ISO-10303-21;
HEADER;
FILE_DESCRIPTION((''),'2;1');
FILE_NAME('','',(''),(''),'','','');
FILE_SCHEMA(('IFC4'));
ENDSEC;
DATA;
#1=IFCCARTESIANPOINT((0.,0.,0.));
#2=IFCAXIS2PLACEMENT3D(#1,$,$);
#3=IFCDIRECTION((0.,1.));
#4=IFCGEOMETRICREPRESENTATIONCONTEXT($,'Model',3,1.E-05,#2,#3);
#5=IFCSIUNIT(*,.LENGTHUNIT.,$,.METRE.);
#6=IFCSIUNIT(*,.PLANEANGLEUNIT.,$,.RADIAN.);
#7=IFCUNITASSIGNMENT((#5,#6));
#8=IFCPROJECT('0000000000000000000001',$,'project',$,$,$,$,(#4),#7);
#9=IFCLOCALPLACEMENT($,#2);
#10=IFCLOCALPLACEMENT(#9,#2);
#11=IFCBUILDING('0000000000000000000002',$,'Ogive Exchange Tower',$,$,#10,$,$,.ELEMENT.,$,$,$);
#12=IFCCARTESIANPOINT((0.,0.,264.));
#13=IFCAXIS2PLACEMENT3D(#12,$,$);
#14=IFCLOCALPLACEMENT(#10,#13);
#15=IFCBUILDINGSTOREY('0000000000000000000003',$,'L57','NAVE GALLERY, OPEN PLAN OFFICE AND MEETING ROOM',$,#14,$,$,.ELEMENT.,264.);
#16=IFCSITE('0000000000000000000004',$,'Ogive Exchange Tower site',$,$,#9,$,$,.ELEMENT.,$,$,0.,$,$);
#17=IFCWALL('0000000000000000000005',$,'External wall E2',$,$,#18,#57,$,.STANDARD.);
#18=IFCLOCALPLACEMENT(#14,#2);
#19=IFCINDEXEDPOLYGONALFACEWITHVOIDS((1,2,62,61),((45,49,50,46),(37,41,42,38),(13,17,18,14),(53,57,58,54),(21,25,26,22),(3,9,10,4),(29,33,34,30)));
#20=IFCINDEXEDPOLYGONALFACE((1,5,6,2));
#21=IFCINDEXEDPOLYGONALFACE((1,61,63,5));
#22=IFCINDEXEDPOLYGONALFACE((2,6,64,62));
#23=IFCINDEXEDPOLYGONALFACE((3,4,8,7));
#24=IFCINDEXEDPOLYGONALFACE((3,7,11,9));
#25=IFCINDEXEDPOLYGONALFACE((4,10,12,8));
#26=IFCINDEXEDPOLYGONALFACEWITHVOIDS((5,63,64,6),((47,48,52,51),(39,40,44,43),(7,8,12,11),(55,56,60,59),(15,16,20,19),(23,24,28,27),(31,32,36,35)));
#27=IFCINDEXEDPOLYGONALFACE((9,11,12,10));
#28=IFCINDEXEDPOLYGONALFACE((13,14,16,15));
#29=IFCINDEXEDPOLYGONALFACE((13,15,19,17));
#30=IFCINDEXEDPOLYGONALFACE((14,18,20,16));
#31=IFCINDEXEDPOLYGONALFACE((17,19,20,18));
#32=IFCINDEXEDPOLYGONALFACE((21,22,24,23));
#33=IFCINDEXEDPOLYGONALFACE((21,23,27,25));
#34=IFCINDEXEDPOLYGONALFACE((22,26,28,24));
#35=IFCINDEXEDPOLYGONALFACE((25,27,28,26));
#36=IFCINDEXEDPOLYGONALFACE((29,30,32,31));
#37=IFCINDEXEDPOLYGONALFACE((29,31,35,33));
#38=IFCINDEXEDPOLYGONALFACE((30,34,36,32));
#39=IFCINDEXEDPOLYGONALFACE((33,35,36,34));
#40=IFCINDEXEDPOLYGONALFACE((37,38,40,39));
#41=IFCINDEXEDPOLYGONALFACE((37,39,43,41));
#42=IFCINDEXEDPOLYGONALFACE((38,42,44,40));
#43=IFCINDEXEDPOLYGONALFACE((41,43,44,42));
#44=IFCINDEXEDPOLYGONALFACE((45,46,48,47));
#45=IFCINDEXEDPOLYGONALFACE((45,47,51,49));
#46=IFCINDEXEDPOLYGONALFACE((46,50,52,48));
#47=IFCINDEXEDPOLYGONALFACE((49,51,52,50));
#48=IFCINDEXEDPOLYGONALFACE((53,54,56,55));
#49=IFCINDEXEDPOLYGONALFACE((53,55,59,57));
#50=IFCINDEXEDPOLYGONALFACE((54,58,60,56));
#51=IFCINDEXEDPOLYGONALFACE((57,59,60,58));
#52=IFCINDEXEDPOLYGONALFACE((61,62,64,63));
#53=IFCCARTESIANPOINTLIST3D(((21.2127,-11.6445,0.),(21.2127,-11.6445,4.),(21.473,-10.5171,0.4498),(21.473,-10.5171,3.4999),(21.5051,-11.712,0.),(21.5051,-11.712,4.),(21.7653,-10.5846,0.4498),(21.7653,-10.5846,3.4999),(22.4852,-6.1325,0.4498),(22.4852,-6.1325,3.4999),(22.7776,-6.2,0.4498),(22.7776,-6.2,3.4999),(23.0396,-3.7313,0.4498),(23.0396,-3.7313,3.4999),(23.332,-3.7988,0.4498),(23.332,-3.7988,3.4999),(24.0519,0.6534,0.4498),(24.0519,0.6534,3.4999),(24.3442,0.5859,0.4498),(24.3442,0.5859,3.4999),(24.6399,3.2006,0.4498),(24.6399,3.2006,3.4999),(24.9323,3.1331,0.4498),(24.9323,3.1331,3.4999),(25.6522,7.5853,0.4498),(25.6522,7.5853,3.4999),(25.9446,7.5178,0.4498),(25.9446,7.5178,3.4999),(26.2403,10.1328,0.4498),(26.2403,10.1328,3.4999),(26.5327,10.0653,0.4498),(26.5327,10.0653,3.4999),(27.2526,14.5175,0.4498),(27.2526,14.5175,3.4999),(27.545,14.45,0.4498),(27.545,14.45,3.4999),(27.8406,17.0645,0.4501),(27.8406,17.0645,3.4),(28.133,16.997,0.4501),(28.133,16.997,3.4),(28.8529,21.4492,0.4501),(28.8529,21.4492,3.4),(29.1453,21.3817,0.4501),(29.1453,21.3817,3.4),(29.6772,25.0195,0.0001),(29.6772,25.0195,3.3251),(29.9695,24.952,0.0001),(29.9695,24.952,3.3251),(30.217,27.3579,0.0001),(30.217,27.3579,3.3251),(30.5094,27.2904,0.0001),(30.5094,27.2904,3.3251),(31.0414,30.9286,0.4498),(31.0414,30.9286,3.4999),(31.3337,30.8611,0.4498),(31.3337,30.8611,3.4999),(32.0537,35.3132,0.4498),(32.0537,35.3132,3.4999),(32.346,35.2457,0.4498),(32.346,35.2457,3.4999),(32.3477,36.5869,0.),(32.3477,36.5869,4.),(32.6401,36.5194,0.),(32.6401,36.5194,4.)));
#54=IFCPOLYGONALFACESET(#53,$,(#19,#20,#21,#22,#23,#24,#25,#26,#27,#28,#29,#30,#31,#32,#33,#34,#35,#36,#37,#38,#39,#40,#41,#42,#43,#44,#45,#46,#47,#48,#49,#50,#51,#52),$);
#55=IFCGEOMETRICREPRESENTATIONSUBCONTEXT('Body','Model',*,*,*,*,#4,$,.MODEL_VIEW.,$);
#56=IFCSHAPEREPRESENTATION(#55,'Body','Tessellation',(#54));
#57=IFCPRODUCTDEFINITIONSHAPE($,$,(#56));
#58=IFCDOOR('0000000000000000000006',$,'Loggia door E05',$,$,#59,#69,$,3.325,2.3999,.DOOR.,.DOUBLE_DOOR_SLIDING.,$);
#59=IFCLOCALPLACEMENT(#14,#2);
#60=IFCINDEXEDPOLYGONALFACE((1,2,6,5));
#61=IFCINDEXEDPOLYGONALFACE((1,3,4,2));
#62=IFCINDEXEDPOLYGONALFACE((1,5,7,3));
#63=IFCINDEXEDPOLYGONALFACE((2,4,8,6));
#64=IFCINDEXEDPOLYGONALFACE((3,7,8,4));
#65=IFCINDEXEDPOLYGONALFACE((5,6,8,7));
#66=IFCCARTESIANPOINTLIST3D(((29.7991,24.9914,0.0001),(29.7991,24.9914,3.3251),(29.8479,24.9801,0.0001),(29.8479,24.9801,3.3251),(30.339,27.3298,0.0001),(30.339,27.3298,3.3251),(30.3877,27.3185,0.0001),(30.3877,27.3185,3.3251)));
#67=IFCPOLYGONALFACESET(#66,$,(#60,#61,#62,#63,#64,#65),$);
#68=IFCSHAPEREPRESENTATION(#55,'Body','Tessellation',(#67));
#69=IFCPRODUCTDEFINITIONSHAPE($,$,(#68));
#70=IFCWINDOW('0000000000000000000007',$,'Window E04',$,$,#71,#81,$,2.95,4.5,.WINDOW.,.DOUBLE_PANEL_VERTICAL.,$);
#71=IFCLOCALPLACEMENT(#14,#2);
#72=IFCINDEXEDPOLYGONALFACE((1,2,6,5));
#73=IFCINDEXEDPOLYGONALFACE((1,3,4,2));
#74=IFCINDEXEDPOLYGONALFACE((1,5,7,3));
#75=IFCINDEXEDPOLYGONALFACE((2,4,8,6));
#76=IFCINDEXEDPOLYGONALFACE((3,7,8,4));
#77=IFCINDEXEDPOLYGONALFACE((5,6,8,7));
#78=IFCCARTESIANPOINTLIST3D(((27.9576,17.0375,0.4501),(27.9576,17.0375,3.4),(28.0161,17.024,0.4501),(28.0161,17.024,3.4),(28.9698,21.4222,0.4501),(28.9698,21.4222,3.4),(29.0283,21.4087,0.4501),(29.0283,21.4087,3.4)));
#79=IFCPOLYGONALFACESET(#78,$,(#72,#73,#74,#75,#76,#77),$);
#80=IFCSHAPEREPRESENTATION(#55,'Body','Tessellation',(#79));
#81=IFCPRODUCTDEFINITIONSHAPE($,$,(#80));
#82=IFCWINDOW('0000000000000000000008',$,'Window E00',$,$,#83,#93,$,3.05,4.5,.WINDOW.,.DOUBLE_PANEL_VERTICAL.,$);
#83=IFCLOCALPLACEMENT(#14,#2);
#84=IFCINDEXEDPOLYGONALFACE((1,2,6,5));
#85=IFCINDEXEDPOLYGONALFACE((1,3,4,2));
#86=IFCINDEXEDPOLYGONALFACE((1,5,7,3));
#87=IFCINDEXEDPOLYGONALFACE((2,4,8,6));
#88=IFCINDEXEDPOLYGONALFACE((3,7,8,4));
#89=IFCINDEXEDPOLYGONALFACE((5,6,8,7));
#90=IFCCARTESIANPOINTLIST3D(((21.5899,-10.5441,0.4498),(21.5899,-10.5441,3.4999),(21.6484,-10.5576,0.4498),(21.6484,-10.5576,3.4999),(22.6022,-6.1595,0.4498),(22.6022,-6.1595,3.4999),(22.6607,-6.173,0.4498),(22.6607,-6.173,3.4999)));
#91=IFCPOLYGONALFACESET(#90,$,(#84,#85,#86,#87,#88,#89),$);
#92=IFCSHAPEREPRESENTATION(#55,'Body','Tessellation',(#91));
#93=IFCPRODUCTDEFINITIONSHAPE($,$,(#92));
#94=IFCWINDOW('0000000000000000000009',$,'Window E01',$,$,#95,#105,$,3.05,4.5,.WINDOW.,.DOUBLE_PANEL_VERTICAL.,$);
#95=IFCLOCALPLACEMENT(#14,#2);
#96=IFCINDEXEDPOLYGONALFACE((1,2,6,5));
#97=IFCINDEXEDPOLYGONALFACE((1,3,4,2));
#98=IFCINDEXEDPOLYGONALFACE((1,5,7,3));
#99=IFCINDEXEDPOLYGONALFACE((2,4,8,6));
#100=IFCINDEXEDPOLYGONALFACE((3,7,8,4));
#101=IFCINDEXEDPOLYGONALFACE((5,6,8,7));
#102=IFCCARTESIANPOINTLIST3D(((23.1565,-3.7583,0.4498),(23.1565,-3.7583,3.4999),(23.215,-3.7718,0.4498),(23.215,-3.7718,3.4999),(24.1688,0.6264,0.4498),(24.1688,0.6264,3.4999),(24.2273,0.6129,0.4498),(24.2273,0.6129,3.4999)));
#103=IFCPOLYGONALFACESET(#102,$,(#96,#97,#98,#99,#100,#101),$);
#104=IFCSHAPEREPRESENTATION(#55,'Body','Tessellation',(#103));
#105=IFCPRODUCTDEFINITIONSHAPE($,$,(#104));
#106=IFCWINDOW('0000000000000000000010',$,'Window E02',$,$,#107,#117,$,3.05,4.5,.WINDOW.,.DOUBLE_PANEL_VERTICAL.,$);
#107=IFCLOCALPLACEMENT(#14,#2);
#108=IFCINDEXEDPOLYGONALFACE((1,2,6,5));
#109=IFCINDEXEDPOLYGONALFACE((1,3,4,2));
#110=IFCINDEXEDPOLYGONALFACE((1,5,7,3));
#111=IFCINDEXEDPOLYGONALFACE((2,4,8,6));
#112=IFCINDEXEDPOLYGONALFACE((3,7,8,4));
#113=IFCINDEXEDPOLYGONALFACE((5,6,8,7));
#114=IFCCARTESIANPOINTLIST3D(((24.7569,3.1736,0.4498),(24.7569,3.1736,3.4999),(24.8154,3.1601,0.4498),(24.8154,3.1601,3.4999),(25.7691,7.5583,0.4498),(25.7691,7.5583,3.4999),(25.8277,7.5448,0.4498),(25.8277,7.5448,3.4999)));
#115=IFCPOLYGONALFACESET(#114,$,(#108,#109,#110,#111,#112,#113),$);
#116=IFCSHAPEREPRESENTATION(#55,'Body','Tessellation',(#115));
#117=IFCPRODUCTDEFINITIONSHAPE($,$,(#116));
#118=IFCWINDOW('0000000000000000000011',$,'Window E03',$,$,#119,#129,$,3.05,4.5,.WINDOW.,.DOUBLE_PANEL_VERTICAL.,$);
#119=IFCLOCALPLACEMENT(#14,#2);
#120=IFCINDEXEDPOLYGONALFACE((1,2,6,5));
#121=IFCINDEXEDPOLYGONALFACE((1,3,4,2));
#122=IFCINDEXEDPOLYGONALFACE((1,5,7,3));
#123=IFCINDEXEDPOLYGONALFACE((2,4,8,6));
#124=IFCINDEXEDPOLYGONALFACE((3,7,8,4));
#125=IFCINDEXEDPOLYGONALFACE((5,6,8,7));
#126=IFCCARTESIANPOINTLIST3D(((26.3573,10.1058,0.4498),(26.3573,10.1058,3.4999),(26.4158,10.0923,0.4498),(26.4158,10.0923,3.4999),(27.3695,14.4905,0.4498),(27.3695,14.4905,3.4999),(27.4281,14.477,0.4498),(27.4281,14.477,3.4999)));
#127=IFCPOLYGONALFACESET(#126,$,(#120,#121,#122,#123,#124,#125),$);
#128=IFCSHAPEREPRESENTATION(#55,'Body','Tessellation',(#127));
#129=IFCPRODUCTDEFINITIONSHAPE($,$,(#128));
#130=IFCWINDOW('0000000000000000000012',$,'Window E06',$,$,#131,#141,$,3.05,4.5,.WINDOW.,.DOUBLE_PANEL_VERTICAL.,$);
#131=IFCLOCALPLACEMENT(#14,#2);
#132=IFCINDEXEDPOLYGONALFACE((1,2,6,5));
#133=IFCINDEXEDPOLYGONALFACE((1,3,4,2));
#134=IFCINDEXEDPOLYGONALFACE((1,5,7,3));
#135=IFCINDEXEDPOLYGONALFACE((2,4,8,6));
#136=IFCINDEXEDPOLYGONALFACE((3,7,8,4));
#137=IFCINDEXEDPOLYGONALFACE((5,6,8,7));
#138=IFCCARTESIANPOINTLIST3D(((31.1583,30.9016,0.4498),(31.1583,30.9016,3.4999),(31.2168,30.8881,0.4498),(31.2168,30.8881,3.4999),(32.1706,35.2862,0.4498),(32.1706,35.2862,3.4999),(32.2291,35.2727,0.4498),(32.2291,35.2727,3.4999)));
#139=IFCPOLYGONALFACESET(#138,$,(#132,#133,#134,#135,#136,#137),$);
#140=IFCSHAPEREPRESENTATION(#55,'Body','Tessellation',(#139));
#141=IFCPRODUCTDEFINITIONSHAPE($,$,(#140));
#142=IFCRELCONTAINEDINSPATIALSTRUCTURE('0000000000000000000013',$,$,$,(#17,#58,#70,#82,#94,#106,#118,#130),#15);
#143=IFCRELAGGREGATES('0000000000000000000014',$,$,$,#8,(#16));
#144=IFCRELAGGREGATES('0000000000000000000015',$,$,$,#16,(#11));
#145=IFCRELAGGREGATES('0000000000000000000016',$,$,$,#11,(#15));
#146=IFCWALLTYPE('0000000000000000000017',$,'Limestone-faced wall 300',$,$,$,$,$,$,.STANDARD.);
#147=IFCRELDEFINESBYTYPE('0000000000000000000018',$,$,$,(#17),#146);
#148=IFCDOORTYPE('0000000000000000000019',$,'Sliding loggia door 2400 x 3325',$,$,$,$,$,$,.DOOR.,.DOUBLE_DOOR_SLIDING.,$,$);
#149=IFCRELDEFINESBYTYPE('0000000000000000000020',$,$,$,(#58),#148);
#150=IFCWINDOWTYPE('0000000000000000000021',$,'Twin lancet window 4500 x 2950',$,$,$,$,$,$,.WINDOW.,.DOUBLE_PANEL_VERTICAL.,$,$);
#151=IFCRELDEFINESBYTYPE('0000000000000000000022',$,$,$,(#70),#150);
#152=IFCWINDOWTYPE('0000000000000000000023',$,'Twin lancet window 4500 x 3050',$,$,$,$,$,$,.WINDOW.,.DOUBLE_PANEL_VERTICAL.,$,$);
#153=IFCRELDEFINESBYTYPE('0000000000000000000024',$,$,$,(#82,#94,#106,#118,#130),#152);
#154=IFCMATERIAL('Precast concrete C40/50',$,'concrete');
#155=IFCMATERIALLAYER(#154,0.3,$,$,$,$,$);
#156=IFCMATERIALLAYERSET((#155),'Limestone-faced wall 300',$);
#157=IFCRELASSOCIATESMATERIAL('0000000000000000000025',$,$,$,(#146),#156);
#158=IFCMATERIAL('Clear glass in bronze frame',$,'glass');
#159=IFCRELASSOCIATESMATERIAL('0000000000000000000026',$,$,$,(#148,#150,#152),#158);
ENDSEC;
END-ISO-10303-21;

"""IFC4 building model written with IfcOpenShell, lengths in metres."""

from ifc_helpers import new_model, si_unit, direction, frame, frame_2d, origin, place, context, subcontext, project, spatial, rectangle, extrude, material, layer, layer_set, type_object, element, fill, save


model = new_model("IFC4")

# Units and contexts
model_context = context("Model", 3, precision=1e-05, world=origin(), true_north=direction((0.0, 1.0)))
body_context = subcontext(model_context, "Body", "Model", "MODEL_VIEW")
ifc_project = project(units=[si_unit("LENGTHUNIT", "METRE"), si_unit("PLANEANGLEUNIT", "RADIAN")], contexts=[model_context])

# Site, building, storey
site_placement = place(None, origin())
site = spatial("IfcSite", under=ifc_project, at=site_placement, Name="Ogive Exchange Tower site", CompositionType="ELEMENT", RefElevation=0.0)
building_placement = place(site_placement, origin())
building = spatial("IfcBuilding", under=site, at=building_placement, Name="Ogive Exchange Tower", CompositionType="ELEMENT")
storey_placement = place(building_placement, frame((0.0, 0.0, 264.0)))
storey = spatial("IfcBuildingStorey", under=building, at=storey_placement, Name="L57", Description="NAVE GALLERY, OPEN PLAN OFFICE AND MEETING ROOM", CompositionType="ELEMENT", Elevation=264.0)

# Wall, openings, door, windows
ifc_material_1 = material(Name="Precast concrete C40/50", Category="concrete")
ifc_layer_1 = layer(ifc_material_1, 0.3)
ifc_layer_set_1 = layer_set([ifc_layer_1], Name="Limestone-faced wall 300")
wall_type_1 = type_object("IfcWallType", Name="Limestone-faced wall 300", PredefinedType="STANDARD", material=ifc_layer_set_1)
wall_1_placement = place(storey_placement, frame((21.3589, -11.6782, 0.0), z_axis=(0.0, 0.0, 1.0), x_axis=(0.224949, 0.97437, 0.0)))
wall_1 = element("IfcWall", 1, at=wall_1_placement, inside=storey, type_object=wall_type_1, Name="External wall E2", PredefinedType="STANDARD", context=body_context, shape_type="SweptSolid", body=[
    extrude(rectangle(XDim=49.5, YDim=0.3, at=frame_2d((24.75, 0.0))), origin(), (0.0, 0.0, 1.0), 4.0),
])
opening_1_placement = place(wall_1_placement, frame((1.157, 0.0, 0.45)))
opening_1 = element("IfcOpeningElement", 2, at=opening_1_placement, cuts=wall_1, PredefinedType="OPENING", context=body_context, shape_type="SweptSolid", body=[
    extrude(rectangle(XDim=4.5, YDim=3.05, at=frame_2d((2.25, 1.5249))), frame((0.0, 0.1599, 0.0), z_axis=(0.0, -1.0, 0.0), x_axis=(1.0, 0.0, 0.0)), (0.0, 0.0, 1.0), 0.3201),
])
opening_2_placement = place(wall_1_placement, frame((8.1213, 0.0, 0.45)))
opening_2 = element("IfcOpeningElement", 3, at=opening_2_placement, cuts=wall_1, PredefinedType="OPENING", context=body_context, shape_type="SweptSolid", body=[
    extrude(rectangle(XDim=4.5, YDim=3.05, at=frame_2d((2.25, 1.5249))), frame((0.0, 0.1599, 0.0), z_axis=(0.0, -1.0, 0.0), x_axis=(1.0, 0.0, 0.0)), (0.0, 0.0, 1.0), 0.3201),
])
opening_3_placement = place(wall_1_placement, frame((15.2356, 0.0, 0.45)))
opening_3 = element("IfcOpeningElement", 4, at=opening_3_placement, cuts=wall_1, PredefinedType="OPENING", context=body_context, shape_type="SweptSolid", body=[
    extrude(rectangle(XDim=4.5, YDim=3.05, at=frame_2d((2.25, 1.5249))), frame((0.0, 0.1599, 0.0), z_axis=(0.0, -1.0, 0.0), x_axis=(1.0, 0.0, 0.0)), (0.0, 0.0, 1.0), 0.3201),
])
opening_4_placement = place(wall_1_placement, frame((22.3501, 0.0, 0.45)))
opening_4 = element("IfcOpeningElement", 5, at=opening_4_placement, cuts=wall_1, PredefinedType="OPENING", context=body_context, shape_type="SweptSolid", body=[
    extrude(rectangle(XDim=4.5, YDim=3.05, at=frame_2d((2.25, 1.5249))), frame((0.0, 0.1599, 0.0), z_axis=(0.0, -1.0, 0.0), x_axis=(1.0, 0.0, 0.0)), (0.0, 0.0, 1.0), 0.3201),
])
opening_5_placement = place(wall_1_placement, frame((29.4641, 0.0, 0.45)))
opening_5 = element("IfcOpeningElement", 6, at=opening_5_placement, cuts=wall_1, PredefinedType="OPENING", context=body_context, shape_type="SweptSolid", body=[
    extrude(rectangle(XDim=4.5, YDim=2.95, at=frame_2d((2.25, 1.4751))), frame((0.0, 0.1599, 0.0), z_axis=(0.0, -1.0, 0.0), x_axis=(1.0, 0.0, 0.0)), (0.0, 0.0, 1.0), 0.3201),
])
opening_6_placement = place(wall_1_placement, frame((37.6284, 0.0, 0.0)))
opening_6 = element("IfcOpeningElement", 7, at=opening_6_placement, cuts=wall_1, PredefinedType="OPENING", context=body_context, shape_type="SweptSolid", body=[
    extrude(rectangle(XDim=2.3999, YDim=3.325, at=frame_2d((1.2, 1.6626))), frame((0.0, 0.1599, 0.0), z_axis=(0.0, -1.0, 0.0), x_axis=(1.0, 0.0, 0.0)), (0.0, 0.0, 1.0), 0.3201),
])
opening_7_placement = place(wall_1_placement, frame((43.6929, 0.0, 0.45)))
opening_7 = element("IfcOpeningElement", 8, at=opening_7_placement, cuts=wall_1, PredefinedType="OPENING", context=body_context, shape_type="SweptSolid", body=[
    extrude(rectangle(XDim=4.5, YDim=3.05, at=frame_2d((2.25, 1.5249))), frame((0.0, 0.1599, 0.0), z_axis=(0.0, -1.0, 0.0), x_axis=(1.0, 0.0, 0.0)), (0.0, 0.0, 1.0), 0.3201),
])
ifc_material_2 = material(Name="Clear glass in bronze frame", Category="glass")
door_type_1 = type_object("IfcDoorType", Name="Sliding loggia door 2400 x 3325", OperationType="DOUBLE_DOOR_SLIDING", PredefinedType="DOOR", material=ifc_material_2)
door_1_placement = place(opening_6_placement, origin())
door_1 = element("IfcDoor", 9, at=door_1_placement, inside=storey, type_object=door_type_1, Name="Loggia door E05", OperationType="DOUBLE_DOOR_SLIDING", OverallHeight=3.325, OverallWidth=2.3999, PredefinedType="DOOR", context=body_context, shape_type="SweptSolid", body=[
    extrude(rectangle(XDim=2.3999, YDim=3.325, at=frame_2d((1.2, 1.6626))), frame((0.0, 0.0249, 0.0), z_axis=(0.0, -1.0, 0.0), x_axis=(1.0, 0.0, 0.0)), (0.0, 0.0, 1.0), 0.05),
])
fill(opening_6, door_1)
window_type_1 = type_object("IfcWindowType", Name="Twin lancet window 4500 x 2950", PartitioningType="DOUBLE_PANEL_VERTICAL", PredefinedType="WINDOW", material=ifc_material_2)
window_1_placement = place(opening_5_placement, origin())
window_1 = element("IfcWindow", 10, at=window_1_placement, inside=storey, type_object=window_type_1, Name="Window E04", OverallHeight=2.95, OverallWidth=4.5, PartitioningType="DOUBLE_PANEL_VERTICAL", PredefinedType="WINDOW", context=body_context, shape_type="SweptSolid", body=[
    extrude(rectangle(XDim=4.5, YDim=2.95, at=frame_2d((2.25, 1.4751))), frame((0.0, 0.03, 0.0), z_axis=(0.0, -1.0, 0.0), x_axis=(1.0, 0.0, 0.0)), (0.0, 0.0, 1.0), 0.0601),
])
fill(opening_5, window_1)
window_type_2 = type_object("IfcWindowType", Name="Twin lancet window 4500 x 3050", PartitioningType="DOUBLE_PANEL_VERTICAL", PredefinedType="WINDOW", material=ifc_material_2)
window_2_placement = place(opening_1_placement, origin())
window_2 = element("IfcWindow", 11, at=window_2_placement, inside=storey, type_object=window_type_2, Name="Window E00", OverallHeight=3.05, OverallWidth=4.5, PartitioningType="DOUBLE_PANEL_VERTICAL", PredefinedType="WINDOW", context=body_context, shape_type="SweptSolid", body=[
    extrude(rectangle(XDim=4.5, YDim=3.05, at=frame_2d((2.25, 1.5249))), frame((0.0, 0.03, 0.0), z_axis=(0.0, -1.0, 0.0), x_axis=(1.0, 0.0, 0.0)), (0.0, 0.0, 1.0), 0.0601),
])
fill(opening_1, window_2)
window_3_placement = place(opening_2_placement, origin())
window_3 = element("IfcWindow", 12, at=window_3_placement, inside=storey, type_object=window_type_2, Name="Window E01", OverallHeight=3.05, OverallWidth=4.5, PartitioningType="DOUBLE_PANEL_VERTICAL", PredefinedType="WINDOW", context=body_context, shape_type="SweptSolid", body=[
    extrude(rectangle(XDim=4.5, YDim=3.05, at=frame_2d((2.25, 1.5249))), frame((0.0, 0.03, 0.0), z_axis=(0.0, -1.0, 0.0), x_axis=(1.0, 0.0, 0.0)), (0.0, 0.0, 1.0), 0.0601),
])
fill(opening_2, window_3)
window_4_placement = place(opening_3_placement, origin())
window_4 = element("IfcWindow", 13, at=window_4_placement, inside=storey, type_object=window_type_2, Name="Window E02", OverallHeight=3.05, OverallWidth=4.5, PartitioningType="DOUBLE_PANEL_VERTICAL", PredefinedType="WINDOW", context=body_context, shape_type="SweptSolid", body=[
    extrude(rectangle(XDim=4.5, YDim=3.05, at=frame_2d((2.25, 1.5249))), frame((0.0, 0.03, 0.0), z_axis=(0.0, -1.0, 0.0), x_axis=(1.0, 0.0, 0.0)), (0.0, 0.0, 1.0), 0.0601),
])
fill(opening_3, window_4)
window_5_placement = place(opening_4_placement, origin())
window_5 = element("IfcWindow", 14, at=window_5_placement, inside=storey, type_object=window_type_2, Name="Window E03", OverallHeight=3.05, OverallWidth=4.5, PartitioningType="DOUBLE_PANEL_VERTICAL", PredefinedType="WINDOW", context=body_context, shape_type="SweptSolid", body=[
    extrude(rectangle(XDim=4.5, YDim=3.05, at=frame_2d((2.25, 1.5249))), frame((0.0, 0.03, 0.0), z_axis=(0.0, -1.0, 0.0), x_axis=(1.0, 0.0, 0.0)), (0.0, 0.0, 1.0), 0.0601),
])
fill(opening_4, window_5)
window_6_placement = place(opening_7_placement, origin())
window_6 = element("IfcWindow", 15, at=window_6_placement, inside=storey, type_object=window_type_2, Name="Window E06", OverallHeight=3.05, OverallWidth=4.5, PartitioningType="DOUBLE_PANEL_VERTICAL", PredefinedType="WINDOW", context=body_context, shape_type="SweptSolid", body=[
    extrude(rectangle(XDim=4.5, YDim=3.05, at=frame_2d((2.25, 1.5249))), frame((0.0, 0.03, 0.0), z_axis=(0.0, -1.0, 0.0), x_axis=(1.0, 0.0, 0.0)), (0.0, 0.0, 1.0), 0.0601),
])
fill(opening_7, window_6)

save(model, "model.ifc")
